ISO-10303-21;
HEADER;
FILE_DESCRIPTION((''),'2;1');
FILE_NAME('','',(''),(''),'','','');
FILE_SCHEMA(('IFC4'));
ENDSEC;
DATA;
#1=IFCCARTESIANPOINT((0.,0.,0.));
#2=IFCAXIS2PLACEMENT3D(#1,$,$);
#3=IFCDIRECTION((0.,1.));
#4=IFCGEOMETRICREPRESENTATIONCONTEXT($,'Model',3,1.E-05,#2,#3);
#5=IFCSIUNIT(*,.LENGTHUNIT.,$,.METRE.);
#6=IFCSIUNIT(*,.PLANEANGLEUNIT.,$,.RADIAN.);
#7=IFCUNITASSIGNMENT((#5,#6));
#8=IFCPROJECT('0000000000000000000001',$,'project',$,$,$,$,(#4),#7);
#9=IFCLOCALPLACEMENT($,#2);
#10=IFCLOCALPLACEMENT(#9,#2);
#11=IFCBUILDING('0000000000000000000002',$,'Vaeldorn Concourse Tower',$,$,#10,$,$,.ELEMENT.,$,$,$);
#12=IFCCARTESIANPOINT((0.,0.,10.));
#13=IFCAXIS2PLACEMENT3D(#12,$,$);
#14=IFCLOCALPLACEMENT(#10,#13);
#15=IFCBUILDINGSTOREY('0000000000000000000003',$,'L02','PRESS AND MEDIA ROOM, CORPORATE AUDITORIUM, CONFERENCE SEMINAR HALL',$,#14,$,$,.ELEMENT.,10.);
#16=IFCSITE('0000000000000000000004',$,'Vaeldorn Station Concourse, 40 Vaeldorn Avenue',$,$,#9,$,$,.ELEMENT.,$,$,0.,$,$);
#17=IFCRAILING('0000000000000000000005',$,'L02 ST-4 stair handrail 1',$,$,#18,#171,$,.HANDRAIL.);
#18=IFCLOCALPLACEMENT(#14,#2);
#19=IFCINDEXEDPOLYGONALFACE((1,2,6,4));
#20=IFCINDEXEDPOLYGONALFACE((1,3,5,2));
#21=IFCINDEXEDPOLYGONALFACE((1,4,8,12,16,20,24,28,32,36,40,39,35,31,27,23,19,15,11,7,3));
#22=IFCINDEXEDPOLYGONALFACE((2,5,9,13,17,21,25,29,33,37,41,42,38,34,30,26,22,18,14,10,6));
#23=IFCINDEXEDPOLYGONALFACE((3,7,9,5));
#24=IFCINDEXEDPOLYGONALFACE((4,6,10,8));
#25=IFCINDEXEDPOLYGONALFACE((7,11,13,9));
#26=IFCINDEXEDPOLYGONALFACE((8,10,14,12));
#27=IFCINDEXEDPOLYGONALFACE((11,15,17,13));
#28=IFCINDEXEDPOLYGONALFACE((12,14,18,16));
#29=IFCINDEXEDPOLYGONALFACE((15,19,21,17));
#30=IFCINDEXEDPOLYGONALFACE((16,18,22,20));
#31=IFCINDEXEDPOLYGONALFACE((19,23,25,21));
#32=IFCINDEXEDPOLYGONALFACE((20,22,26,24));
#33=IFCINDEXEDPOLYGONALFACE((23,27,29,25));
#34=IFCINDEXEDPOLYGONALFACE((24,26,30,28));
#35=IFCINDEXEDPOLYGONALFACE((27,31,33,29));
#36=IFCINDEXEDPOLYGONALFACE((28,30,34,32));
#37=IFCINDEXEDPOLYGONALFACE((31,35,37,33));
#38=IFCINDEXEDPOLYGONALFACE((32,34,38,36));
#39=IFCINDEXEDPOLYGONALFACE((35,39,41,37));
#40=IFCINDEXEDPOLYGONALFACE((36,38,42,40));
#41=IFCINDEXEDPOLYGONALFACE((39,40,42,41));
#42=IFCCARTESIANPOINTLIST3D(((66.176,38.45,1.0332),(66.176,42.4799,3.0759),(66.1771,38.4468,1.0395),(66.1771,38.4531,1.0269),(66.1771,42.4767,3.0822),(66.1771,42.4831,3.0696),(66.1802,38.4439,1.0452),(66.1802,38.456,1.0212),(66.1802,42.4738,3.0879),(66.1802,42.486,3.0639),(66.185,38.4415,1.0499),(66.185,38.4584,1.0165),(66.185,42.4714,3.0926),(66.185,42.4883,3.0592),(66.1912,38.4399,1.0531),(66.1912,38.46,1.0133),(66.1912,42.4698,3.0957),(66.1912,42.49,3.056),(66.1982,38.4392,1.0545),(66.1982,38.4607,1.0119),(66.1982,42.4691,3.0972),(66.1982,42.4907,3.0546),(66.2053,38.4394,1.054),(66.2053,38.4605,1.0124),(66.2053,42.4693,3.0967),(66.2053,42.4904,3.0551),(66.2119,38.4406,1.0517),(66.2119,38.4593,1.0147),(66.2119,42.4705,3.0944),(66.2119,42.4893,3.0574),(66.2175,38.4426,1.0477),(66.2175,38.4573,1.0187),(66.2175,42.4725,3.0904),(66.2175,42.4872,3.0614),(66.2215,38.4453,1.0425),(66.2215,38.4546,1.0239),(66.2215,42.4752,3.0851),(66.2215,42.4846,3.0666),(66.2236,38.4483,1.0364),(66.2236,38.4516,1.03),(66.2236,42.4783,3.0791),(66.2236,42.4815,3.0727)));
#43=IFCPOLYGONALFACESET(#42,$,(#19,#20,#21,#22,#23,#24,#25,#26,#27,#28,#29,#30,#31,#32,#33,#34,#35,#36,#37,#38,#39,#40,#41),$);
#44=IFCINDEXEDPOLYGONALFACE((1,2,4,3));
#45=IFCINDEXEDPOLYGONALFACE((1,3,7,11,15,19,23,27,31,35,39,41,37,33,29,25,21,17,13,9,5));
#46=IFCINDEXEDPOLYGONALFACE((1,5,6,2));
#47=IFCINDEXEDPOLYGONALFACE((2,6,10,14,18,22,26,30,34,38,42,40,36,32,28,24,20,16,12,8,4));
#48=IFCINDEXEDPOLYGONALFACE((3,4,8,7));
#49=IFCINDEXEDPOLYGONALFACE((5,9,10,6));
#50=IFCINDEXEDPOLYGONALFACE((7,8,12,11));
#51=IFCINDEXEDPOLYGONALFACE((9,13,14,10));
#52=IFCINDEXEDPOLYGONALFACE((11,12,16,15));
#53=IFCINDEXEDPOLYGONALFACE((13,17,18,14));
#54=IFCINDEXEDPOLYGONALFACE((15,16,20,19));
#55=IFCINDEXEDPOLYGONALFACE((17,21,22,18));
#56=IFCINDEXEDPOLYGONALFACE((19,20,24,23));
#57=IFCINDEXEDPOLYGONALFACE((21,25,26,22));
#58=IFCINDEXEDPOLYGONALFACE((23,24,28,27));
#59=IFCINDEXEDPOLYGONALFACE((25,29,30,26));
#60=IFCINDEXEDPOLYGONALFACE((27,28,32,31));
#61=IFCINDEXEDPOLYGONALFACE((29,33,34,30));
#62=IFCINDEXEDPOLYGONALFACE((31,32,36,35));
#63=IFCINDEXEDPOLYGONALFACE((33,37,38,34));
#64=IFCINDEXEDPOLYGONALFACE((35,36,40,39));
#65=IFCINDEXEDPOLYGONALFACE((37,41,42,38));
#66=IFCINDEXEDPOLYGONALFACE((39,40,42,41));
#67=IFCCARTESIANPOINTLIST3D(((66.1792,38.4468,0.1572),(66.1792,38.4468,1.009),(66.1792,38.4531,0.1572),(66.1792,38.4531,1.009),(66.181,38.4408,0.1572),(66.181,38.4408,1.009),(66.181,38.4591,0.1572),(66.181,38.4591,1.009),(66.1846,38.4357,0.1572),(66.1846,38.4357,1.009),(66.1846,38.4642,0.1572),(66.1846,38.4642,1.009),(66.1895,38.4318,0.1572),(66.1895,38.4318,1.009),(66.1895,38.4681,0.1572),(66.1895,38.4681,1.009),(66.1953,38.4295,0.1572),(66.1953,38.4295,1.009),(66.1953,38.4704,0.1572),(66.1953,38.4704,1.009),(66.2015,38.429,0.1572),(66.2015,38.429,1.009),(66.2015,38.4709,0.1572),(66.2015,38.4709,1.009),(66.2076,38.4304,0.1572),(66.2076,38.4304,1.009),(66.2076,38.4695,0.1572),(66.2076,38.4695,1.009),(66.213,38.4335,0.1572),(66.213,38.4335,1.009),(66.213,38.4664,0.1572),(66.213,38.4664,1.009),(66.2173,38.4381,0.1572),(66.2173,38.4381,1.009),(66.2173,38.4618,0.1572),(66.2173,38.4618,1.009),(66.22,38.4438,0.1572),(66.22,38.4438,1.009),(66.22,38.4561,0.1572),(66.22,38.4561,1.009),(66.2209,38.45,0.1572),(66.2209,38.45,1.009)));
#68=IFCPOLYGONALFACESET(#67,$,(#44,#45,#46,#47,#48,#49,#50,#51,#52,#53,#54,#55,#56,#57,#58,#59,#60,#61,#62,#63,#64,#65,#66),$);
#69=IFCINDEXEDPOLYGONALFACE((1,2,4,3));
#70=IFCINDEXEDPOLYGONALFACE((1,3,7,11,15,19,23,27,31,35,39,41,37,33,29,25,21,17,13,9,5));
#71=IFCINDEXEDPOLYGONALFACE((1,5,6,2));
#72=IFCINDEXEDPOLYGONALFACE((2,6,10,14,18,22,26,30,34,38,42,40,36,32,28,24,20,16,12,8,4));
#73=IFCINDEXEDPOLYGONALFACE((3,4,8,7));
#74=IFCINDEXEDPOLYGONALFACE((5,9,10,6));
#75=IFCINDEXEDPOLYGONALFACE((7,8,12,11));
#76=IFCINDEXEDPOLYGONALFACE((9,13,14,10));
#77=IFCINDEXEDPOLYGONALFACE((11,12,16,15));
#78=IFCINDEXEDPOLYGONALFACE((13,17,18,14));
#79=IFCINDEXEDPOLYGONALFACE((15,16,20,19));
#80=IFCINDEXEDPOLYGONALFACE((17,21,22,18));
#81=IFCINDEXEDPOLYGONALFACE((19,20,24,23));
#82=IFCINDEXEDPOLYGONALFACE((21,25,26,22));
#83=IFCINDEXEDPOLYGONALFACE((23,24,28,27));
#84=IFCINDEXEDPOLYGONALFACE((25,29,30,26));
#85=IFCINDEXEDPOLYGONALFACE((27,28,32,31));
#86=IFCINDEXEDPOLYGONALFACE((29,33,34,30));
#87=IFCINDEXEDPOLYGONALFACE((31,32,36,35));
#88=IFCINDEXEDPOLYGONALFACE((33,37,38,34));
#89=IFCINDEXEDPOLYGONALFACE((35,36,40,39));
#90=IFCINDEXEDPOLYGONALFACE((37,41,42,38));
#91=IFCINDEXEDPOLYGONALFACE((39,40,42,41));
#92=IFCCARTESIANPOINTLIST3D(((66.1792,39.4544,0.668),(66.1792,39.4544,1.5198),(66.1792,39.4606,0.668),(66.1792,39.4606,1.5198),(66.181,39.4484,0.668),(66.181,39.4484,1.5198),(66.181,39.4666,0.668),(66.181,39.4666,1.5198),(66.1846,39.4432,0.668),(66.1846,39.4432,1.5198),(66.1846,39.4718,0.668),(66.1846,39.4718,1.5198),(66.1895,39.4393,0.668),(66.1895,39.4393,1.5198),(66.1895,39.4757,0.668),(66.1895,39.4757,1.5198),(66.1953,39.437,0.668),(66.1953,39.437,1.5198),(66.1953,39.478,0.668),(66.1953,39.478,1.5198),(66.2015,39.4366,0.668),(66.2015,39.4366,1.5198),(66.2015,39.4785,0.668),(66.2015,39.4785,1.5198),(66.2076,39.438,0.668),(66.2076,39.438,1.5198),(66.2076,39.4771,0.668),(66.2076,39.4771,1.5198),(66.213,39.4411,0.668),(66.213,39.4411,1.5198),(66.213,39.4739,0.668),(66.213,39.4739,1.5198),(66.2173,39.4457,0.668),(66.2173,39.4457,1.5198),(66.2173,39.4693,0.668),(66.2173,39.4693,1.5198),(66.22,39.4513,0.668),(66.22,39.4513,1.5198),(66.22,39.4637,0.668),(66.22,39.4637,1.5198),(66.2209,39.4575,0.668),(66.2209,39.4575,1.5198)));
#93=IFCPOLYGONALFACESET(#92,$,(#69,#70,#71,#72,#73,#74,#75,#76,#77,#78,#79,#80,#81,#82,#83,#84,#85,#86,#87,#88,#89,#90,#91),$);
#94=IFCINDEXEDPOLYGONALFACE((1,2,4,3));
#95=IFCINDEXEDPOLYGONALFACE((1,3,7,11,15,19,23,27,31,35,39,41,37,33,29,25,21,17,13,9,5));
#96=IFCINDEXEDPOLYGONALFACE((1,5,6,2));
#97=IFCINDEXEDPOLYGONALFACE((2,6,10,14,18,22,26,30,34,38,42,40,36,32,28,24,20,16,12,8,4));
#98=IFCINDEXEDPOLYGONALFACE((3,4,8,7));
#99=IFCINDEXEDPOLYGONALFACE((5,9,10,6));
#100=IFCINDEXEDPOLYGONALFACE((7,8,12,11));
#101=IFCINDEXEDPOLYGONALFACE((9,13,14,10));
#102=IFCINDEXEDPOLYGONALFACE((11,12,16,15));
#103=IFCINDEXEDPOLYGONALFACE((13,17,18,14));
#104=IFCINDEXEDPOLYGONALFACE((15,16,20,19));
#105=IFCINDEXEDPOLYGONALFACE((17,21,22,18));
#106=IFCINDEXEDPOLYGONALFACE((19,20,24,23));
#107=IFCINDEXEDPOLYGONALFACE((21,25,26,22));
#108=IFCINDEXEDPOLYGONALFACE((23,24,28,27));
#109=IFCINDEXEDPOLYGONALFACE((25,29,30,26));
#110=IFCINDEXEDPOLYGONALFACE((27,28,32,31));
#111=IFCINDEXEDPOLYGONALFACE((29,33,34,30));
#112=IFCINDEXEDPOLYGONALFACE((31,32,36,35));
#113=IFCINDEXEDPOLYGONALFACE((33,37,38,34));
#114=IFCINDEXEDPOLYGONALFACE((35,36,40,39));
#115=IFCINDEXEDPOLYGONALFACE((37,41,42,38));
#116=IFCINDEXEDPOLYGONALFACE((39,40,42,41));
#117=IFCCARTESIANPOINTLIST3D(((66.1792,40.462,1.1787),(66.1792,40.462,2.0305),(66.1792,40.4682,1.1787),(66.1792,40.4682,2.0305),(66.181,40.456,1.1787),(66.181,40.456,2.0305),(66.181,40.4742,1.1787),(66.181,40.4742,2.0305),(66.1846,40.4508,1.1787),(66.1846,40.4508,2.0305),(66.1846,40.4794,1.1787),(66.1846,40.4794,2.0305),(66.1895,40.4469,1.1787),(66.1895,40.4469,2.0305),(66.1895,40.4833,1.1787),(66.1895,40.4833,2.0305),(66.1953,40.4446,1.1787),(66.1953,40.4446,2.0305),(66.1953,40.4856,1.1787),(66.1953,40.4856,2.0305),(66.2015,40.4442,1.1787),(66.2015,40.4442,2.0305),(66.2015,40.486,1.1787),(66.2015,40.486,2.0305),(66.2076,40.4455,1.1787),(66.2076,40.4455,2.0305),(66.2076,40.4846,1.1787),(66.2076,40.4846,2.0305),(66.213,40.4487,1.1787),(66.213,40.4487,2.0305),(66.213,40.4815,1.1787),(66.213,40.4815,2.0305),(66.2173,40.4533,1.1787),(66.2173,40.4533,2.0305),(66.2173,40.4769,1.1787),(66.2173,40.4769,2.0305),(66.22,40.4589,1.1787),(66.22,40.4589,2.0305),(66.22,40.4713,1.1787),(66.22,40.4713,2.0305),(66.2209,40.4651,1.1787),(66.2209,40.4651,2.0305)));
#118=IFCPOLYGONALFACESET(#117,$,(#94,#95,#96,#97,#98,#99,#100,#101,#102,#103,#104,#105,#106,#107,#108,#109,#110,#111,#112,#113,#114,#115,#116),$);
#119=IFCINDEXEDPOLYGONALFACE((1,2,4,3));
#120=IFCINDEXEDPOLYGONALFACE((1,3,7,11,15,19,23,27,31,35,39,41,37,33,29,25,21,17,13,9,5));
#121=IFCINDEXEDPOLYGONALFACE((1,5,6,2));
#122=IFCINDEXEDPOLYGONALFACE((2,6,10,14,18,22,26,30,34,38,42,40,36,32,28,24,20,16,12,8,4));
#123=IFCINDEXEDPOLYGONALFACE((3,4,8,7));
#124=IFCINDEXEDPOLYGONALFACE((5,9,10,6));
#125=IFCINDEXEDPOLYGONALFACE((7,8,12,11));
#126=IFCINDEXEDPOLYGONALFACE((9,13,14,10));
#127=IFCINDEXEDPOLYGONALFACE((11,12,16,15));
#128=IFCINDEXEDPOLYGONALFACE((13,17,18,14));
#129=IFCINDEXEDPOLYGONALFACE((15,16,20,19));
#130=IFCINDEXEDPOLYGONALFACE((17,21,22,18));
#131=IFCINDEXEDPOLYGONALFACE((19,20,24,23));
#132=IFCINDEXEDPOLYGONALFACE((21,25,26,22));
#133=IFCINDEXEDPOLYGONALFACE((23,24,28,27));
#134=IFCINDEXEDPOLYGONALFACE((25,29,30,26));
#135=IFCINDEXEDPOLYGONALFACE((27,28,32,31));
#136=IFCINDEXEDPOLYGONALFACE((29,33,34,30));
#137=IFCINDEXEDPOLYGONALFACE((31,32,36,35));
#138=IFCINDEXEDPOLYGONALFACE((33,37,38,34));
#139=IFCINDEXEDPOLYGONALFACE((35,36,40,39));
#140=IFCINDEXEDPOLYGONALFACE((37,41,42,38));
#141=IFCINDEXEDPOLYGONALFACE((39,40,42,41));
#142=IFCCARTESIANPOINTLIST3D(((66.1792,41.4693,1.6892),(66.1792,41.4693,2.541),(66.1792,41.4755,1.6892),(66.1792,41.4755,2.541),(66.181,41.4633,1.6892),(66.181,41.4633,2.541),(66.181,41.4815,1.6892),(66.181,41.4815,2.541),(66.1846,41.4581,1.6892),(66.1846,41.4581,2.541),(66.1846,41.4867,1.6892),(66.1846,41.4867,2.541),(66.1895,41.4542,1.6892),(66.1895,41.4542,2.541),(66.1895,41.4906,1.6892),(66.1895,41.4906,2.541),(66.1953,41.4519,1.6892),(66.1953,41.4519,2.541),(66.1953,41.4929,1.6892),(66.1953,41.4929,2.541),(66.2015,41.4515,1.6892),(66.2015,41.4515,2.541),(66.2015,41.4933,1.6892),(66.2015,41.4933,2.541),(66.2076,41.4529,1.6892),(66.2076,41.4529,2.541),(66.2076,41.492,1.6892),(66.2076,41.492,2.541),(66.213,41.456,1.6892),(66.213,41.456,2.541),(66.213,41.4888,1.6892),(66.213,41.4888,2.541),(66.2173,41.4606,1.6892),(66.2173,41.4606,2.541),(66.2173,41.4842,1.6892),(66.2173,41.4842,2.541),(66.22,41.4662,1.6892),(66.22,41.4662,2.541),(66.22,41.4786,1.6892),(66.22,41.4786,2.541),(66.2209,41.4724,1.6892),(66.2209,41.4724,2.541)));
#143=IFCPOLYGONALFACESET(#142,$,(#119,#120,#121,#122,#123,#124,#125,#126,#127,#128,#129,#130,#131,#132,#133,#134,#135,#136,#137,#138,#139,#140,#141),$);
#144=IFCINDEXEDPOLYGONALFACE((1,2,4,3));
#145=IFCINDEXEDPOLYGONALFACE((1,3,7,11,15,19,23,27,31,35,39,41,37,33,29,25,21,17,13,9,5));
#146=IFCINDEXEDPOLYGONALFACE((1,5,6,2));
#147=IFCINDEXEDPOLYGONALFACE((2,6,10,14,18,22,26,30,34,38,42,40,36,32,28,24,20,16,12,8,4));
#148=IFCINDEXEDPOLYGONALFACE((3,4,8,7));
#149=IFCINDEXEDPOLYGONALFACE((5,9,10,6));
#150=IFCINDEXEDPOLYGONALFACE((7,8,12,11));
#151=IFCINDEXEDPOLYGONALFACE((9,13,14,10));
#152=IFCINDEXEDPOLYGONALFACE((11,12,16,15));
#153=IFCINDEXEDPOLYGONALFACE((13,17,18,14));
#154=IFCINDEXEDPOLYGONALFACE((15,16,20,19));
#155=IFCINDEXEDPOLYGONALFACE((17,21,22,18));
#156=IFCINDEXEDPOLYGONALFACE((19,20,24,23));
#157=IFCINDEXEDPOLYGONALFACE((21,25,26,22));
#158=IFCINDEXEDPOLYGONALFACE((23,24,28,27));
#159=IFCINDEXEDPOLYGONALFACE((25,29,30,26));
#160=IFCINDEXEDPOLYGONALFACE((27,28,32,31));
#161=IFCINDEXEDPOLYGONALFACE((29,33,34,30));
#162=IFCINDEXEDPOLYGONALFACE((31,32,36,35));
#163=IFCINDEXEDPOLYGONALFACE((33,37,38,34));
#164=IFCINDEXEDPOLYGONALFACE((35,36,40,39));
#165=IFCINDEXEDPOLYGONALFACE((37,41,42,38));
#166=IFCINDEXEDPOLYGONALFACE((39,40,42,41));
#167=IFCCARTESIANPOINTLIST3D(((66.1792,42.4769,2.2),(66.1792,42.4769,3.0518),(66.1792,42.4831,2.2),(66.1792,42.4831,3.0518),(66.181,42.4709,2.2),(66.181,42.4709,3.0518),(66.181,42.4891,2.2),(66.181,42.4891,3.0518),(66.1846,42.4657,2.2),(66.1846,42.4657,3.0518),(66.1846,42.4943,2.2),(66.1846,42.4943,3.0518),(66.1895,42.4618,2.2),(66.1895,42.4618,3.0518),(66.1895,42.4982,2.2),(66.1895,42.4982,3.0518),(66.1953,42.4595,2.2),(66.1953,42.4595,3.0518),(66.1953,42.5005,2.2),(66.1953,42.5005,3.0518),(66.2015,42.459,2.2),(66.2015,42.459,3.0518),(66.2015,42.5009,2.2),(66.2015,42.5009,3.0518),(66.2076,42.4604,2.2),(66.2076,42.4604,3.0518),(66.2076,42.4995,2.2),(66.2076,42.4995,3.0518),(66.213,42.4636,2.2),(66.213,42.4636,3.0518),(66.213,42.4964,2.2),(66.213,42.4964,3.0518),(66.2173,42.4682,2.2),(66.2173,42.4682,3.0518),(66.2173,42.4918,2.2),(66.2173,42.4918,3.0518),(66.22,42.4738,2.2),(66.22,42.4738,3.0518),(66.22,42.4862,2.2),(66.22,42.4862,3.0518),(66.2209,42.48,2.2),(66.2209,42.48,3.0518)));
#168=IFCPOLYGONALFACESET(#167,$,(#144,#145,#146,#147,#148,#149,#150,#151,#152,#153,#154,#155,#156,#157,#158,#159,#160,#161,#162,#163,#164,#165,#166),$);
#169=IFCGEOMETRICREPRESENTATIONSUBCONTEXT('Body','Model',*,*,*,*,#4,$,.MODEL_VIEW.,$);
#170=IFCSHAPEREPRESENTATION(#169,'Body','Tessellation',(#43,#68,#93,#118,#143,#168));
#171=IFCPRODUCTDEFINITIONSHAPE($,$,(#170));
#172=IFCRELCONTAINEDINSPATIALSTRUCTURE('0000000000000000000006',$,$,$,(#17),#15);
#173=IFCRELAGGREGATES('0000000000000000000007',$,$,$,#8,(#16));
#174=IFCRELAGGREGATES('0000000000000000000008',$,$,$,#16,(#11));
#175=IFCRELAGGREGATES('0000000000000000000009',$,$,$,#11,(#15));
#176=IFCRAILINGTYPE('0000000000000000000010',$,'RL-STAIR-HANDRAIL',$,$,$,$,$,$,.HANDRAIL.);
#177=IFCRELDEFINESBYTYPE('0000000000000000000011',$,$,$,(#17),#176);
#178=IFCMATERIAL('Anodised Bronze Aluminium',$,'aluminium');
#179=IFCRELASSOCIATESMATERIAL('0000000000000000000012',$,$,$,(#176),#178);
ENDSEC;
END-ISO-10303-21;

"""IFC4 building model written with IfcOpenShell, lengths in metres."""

from ifc_helpers import new_model, si_unit, direction, frame, origin, origin_2d, place, context, subcontext, project, spatial, circle, extrude, material, type_object, element, save


model = new_model("IFC4")

# Units and contexts
model_context = context("Model", 3, precision=1e-05, world=origin(), true_north=direction((0.0, 1.0)))
body_context = subcontext(model_context, "Body", "Model", "MODEL_VIEW")
ifc_project = project(units=[si_unit("LENGTHUNIT", "METRE"), si_unit("PLANEANGLEUNIT", "RADIAN")], contexts=[model_context])

# Site, building, storey
site_placement = place(None, origin())
site = spatial("IfcSite", under=ifc_project, at=site_placement, Name="Vaeldorn Station Concourse, 40 Vaeldorn Avenue", CompositionType="ELEMENT", RefElevation=0.0)
building_placement = place(site_placement, origin())
building = spatial("IfcBuilding", under=site, at=building_placement, Name="Vaeldorn Concourse Tower", CompositionType="ELEMENT")
storey_placement = place(building_placement, frame((0.0, 0.0, 10.0)))
storey = spatial("IfcBuildingStorey", under=building, at=storey_placement, Name="L02", Description="PRESS AND MEDIA ROOM, CORPORATE AUDITORIUM, CONFERENCE SEMINAR HALL", CompositionType="ELEMENT", Elevation=10.0)

# Shared definitions
ifc_material_1 = material(Name="Anodised Bronze Aluminium", Category="aluminium")

# Railing
railing_type_1 = type_object("IfcRailingType", Name="RL-STAIR-HANDRAIL", PredefinedType="HANDRAIL", material=ifc_material_1)
railing_1_placement = place(storey_placement, frame((66.2, 38.45, 0.1572)))
element("IfcRailing", 1, at=railing_1_placement, inside=storey, type_object=railing_type_1, Name="L02 ST-4 stair handrail 1", PredefinedType="HANDRAIL", context=body_context, shape_type="SweptSolid", body=[
    extrude(circle(Radius=0.0239, at=origin_2d()), frame((0.0, 0.0, 0.876), z_axis=(0.0, 0.891961, 0.452113), x_axis=(-1.0, 0.0, 0.0)), (0.0, 0.0, 1.0), 4.5181),
    extrude(circle(Radius=0.021, at=origin_2d()), origin(), (0.0, 0.0, 1.0), 0.8518),
    extrude(circle(Radius=0.021, at=origin_2d()), frame((0.0, 1.0076, 0.5107)), (0.0, 0.0, 1.0), 0.8518),
    extrude(circle(Radius=0.021, at=origin_2d()), frame((0.0, 2.0151, 1.0215)), (0.0, 0.0, 1.0), 0.8518),
    extrude(circle(Radius=0.021, at=origin_2d()), frame((0.0, 3.0225, 1.532)), (0.0, 0.0, 1.0), 0.8518),
    extrude(circle(Radius=0.021, at=origin_2d()), frame((0.0, 4.03, 2.0427)), (0.0, 0.0, 1.0), 0.8518),
])

save(model, "model.ifc")
